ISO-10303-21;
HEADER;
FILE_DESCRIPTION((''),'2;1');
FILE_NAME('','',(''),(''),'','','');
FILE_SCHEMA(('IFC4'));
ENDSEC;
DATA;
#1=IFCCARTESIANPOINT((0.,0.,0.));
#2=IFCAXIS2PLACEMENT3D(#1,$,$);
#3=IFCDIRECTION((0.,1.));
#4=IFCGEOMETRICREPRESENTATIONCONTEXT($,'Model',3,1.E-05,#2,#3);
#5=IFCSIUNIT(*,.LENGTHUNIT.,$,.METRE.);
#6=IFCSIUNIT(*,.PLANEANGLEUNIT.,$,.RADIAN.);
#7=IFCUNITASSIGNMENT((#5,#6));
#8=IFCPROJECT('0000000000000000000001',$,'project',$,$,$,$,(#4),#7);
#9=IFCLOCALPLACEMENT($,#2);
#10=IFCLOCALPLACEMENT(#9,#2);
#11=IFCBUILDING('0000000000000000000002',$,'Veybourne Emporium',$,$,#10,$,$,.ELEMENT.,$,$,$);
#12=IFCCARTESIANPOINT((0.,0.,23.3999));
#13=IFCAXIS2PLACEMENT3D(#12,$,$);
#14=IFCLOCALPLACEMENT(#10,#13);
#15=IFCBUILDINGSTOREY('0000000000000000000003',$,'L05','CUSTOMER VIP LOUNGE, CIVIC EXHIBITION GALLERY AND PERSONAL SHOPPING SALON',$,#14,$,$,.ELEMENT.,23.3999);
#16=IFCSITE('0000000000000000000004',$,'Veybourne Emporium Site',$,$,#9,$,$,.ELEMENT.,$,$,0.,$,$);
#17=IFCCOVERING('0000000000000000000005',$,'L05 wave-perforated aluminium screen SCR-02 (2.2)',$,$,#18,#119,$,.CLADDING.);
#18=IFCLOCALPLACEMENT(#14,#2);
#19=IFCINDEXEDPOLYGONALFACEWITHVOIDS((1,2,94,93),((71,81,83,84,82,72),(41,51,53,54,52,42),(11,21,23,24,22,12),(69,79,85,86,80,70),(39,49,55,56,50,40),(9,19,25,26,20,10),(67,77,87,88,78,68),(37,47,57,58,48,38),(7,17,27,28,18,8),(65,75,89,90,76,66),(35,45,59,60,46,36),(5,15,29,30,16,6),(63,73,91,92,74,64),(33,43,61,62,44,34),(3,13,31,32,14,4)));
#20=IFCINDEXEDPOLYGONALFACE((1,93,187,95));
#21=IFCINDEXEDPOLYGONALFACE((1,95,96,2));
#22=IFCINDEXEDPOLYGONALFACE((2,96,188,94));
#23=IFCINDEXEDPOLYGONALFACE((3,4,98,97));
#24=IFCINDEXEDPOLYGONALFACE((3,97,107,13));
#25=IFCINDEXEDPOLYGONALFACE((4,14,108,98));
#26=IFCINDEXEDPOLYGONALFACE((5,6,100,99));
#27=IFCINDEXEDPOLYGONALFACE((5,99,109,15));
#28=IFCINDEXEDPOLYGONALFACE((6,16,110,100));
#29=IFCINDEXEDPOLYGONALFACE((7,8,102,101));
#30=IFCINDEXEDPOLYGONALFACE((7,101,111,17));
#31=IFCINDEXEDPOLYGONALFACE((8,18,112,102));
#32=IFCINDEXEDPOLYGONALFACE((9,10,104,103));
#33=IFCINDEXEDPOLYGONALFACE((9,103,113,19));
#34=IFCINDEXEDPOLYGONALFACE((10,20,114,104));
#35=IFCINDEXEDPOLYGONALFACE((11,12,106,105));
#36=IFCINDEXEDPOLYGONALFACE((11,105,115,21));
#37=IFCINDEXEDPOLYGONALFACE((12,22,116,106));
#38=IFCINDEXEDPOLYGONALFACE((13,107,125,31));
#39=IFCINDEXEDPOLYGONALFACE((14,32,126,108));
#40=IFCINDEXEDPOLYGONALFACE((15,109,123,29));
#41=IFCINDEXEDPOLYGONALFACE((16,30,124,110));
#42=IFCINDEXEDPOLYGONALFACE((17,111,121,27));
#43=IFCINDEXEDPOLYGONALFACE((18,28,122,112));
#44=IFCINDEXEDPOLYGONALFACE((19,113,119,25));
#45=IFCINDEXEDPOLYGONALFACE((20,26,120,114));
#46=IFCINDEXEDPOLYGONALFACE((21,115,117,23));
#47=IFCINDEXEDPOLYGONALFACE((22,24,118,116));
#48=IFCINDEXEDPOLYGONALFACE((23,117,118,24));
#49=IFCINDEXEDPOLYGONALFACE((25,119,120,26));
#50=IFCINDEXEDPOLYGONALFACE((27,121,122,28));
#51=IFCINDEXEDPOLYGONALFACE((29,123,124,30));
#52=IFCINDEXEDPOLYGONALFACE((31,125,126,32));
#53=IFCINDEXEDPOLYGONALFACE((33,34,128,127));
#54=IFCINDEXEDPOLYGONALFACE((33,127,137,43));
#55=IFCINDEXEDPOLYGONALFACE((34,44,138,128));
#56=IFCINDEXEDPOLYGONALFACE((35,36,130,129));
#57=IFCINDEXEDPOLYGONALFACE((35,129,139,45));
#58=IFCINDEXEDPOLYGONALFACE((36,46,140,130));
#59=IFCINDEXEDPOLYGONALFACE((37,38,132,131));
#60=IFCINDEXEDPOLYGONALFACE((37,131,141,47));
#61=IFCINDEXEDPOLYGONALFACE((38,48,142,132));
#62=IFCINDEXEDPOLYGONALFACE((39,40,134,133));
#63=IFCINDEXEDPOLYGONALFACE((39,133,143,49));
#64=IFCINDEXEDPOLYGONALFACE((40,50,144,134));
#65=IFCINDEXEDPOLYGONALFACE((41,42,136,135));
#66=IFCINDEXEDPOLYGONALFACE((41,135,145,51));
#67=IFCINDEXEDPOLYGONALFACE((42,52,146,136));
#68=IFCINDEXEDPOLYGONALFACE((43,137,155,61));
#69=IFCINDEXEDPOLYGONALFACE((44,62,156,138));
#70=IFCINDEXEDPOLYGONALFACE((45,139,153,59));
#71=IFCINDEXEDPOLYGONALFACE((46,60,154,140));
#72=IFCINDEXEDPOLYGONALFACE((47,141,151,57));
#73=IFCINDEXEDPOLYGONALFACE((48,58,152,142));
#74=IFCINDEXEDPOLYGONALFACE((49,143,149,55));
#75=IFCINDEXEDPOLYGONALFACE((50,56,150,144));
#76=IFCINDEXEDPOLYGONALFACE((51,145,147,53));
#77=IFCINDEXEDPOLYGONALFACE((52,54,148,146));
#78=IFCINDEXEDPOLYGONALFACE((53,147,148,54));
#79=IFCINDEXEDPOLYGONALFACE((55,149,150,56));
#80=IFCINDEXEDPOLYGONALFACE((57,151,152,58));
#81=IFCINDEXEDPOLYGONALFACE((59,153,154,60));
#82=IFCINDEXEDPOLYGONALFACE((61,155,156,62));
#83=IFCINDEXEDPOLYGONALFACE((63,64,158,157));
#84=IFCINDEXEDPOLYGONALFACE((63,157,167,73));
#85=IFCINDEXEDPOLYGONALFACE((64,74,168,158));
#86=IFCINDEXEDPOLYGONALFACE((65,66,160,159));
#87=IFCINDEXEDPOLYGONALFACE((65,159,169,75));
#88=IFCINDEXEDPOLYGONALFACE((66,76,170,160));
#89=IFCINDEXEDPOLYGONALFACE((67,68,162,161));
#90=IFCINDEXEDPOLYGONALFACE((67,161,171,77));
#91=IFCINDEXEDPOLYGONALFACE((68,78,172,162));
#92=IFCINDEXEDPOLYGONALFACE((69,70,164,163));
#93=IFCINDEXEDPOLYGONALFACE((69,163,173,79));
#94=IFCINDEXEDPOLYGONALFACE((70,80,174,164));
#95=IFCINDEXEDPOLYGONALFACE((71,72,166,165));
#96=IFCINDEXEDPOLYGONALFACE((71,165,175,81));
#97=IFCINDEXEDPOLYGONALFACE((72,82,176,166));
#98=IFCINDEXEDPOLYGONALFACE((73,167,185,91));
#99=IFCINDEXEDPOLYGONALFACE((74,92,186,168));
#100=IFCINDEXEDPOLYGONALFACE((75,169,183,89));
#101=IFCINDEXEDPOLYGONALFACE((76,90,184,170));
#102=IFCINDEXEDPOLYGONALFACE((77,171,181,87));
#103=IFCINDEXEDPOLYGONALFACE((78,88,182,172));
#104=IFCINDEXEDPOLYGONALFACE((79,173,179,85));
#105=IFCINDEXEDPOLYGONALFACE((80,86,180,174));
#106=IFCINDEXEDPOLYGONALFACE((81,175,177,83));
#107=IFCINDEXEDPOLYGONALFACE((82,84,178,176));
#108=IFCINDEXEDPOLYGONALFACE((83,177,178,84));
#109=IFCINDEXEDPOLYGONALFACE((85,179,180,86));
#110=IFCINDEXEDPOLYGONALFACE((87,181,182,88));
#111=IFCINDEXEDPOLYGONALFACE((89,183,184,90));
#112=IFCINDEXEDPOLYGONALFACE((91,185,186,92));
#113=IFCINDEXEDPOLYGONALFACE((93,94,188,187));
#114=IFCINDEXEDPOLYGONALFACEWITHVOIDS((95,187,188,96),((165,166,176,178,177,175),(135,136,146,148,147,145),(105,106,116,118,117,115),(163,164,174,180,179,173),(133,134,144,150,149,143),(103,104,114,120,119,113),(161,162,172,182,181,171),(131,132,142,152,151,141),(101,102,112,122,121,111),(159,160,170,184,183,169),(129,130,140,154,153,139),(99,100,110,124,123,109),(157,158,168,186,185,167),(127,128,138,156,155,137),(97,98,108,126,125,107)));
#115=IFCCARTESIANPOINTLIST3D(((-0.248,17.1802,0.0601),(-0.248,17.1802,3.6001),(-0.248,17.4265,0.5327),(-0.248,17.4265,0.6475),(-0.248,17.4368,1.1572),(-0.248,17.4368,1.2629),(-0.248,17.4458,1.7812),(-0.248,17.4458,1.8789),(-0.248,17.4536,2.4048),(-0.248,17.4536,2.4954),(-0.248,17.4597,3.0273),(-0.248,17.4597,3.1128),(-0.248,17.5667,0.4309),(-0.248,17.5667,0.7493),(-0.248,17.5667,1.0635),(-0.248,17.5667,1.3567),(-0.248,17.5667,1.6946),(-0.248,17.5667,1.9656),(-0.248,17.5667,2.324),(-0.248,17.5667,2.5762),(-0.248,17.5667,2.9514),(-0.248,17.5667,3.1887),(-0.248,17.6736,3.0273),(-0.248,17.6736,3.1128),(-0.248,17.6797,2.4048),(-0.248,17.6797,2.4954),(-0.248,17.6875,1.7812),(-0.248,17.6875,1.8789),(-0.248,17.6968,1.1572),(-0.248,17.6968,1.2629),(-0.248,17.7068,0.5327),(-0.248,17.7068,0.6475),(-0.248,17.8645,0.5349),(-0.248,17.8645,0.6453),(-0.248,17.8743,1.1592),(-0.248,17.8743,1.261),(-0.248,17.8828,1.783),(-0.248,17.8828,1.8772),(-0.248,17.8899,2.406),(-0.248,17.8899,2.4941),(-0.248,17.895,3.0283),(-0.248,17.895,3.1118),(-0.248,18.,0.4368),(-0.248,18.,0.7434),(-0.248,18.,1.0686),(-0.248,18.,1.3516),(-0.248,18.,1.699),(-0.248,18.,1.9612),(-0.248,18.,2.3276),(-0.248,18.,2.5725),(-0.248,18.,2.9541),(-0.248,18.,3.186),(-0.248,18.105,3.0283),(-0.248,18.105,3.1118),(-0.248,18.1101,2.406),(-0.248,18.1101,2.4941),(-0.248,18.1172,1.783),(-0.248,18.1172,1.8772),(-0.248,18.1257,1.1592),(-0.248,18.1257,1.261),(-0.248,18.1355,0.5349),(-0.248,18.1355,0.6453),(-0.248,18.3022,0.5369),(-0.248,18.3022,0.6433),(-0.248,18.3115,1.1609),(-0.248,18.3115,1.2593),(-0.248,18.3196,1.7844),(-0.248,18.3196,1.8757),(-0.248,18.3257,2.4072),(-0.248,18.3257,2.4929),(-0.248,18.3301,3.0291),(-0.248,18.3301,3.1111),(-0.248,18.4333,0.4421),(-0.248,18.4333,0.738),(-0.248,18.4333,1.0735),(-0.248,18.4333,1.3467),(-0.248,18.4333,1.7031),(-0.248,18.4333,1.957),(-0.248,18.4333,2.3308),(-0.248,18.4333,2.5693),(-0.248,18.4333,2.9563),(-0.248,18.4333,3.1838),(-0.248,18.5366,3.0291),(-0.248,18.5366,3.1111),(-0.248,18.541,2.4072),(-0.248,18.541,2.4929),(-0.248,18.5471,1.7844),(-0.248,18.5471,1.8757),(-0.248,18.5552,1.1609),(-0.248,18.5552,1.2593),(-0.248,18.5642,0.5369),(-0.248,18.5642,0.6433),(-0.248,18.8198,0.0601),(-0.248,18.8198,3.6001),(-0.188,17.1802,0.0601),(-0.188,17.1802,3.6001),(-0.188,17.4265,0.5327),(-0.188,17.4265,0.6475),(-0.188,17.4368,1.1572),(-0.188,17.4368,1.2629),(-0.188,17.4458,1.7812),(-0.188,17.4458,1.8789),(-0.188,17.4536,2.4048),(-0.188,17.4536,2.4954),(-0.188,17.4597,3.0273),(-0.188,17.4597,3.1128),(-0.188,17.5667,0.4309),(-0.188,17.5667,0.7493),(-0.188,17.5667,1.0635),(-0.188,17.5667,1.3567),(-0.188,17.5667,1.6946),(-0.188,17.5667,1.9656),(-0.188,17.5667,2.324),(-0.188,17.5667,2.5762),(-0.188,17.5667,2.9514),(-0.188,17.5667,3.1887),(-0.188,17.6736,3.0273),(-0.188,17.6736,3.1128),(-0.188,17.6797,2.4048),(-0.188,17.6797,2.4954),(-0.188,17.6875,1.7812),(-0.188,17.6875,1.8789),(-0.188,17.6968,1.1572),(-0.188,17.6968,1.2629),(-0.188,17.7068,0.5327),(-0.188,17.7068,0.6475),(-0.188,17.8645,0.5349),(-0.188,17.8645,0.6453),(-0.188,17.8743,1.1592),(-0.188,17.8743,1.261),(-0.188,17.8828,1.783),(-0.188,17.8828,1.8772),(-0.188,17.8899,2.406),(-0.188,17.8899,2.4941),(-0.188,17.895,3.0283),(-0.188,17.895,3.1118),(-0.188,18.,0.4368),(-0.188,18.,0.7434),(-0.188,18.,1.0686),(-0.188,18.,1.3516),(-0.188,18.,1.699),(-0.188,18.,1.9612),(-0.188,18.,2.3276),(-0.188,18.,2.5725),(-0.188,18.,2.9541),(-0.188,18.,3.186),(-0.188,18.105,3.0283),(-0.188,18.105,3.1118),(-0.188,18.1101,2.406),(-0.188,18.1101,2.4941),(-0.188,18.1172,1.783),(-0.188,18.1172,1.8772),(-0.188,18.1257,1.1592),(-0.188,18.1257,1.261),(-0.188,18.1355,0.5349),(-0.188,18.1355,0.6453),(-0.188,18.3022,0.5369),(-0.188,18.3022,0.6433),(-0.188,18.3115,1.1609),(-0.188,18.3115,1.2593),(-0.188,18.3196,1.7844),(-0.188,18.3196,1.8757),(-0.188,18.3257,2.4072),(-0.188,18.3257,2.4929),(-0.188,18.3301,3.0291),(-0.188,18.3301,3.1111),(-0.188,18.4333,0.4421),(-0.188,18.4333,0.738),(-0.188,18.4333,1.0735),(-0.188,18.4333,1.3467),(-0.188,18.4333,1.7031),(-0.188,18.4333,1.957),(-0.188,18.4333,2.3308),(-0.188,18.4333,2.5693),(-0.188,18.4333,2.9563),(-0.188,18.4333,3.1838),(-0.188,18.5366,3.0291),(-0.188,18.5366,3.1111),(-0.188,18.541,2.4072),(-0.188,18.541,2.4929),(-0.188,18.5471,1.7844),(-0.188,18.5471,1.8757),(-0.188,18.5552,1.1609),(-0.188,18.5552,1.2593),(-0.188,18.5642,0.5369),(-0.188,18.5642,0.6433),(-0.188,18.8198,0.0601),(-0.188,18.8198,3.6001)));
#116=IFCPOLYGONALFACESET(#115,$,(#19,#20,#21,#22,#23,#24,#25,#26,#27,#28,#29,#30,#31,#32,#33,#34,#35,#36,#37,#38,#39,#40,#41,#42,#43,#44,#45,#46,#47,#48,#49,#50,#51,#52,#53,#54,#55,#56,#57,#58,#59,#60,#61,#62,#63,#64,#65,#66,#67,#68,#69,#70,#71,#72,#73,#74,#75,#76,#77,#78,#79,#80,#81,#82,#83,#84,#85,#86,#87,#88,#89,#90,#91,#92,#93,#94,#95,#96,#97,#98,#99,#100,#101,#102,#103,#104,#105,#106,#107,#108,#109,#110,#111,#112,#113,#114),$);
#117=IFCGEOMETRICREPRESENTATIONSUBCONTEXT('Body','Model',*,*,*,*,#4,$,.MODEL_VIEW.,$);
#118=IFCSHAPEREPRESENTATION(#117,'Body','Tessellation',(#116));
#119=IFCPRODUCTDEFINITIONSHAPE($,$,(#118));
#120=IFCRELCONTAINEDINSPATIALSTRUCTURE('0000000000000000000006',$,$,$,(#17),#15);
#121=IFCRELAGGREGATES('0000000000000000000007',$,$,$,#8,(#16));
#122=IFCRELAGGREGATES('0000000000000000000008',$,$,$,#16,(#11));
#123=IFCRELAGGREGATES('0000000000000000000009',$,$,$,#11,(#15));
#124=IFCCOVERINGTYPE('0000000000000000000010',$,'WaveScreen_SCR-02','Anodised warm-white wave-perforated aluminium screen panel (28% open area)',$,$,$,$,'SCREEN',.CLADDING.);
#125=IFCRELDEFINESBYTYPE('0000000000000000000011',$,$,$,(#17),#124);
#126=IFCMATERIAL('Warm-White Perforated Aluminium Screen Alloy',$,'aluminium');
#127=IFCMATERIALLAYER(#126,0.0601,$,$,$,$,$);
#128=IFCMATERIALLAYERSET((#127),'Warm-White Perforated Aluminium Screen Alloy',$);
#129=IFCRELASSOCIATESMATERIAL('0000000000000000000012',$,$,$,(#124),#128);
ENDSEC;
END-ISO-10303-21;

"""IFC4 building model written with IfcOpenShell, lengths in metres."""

from ifc_helpers import new_model, si_unit, direction, frame, origin, place, context, subcontext, project, spatial, polyline, outline, extrude, material, layer, layer_set, type_object, element, save


model = new_model("IFC4")

# Units and contexts
model_context = context("Model", 3, precision=1e-05, world=origin(), true_north=direction((0.0, 1.0)))
body_context = subcontext(model_context, "Body", "Model", "MODEL_VIEW")
ifc_project = project(units=[si_unit("LENGTHUNIT", "METRE"), si_unit("PLANEANGLEUNIT", "RADIAN")], contexts=[model_context])

# Site, building, storey
site_placement = place(None, origin())
site = spatial("IfcSite", under=ifc_project, at=site_placement, Name="Veybourne Emporium Site", CompositionType="ELEMENT", RefElevation=0.0)
building_placement = place(site_placement, origin())
building = spatial("IfcBuilding", under=site, at=building_placement, Name="Veybourne Emporium", CompositionType="ELEMENT")
storey_placement = place(building_placement, frame((0.0, 0.0, 23.3999)))
storey = spatial("IfcBuildingStorey", under=building, at=storey_placement, Name="L05", Description="CUSTOMER VIP LOUNGE, CIVIC EXHIBITION GALLERY AND PERSONAL SHOPPING SALON", CompositionType="ELEMENT", Elevation=23.3999)

# Covering
ifc_material_1 = material(Name="Warm-White Perforated Aluminium Screen Alloy", Category="aluminium")
ifc_layer_1 = layer(ifc_material_1, 0.0601)
ifc_layer_set_1 = layer_set([ifc_layer_1], Name="Warm-White Perforated Aluminium Screen Alloy")
covering_type_1 = type_object("IfcCoveringType", Name="WaveScreen_SCR-02", Description="Anodised warm-white wave-perforated aluminium screen panel (28% open area)", ElementType="SCREEN", PredefinedType="CLADDING", material=ifc_layer_set_1)
covering_1_placement = place(storey_placement, frame((-0.248, 18.0, 1.8301), z_axis=(1.0, 0.0, 0.0), x_axis=(0.0, 1.0, 0.0)))
element("IfcCovering", 1, at=covering_1_placement, inside=storey, type_object=covering_type_1, Name="L05 wave-perforated aluminium screen SCR-02 (2.2)", PredefinedType="CLADDING", context=body_context, shape_type="SweptSolid", body=[
    extrude(outline(polyline([(-0.8198, -1.77), (0.8198, -1.77), (0.8198, 1.77), (-0.8198, 1.77), (-0.8198, -1.77)]), holes=[polyline([(-0.4333, -1.0808), (-0.2932, -1.1826), (-0.2932, -1.2974), (-0.4333, -1.3992), (-0.5735, -1.2974), (-0.5735, -1.1826), (-0.4333, -1.0808)]), polyline([(-0.4333, -0.4734), (-0.3032, -0.5671), (-0.3032, -0.6729), (-0.4333, -0.7666), (-0.5632, -0.6729), (-0.5632, -0.5671), (-0.4333, -0.4734)]), polyline([(-0.4333, 0.1355), (-0.3125, 0.0488), (-0.3125, -0.0488), (-0.4333, -0.1355), (-0.5542, -0.0488), (-0.5542, 0.0488), (-0.4333, 0.1355)]), polyline([(-0.4333, 0.7461), (-0.3203, 0.6653), (-0.3203, 0.5747), (-0.4333, 0.4939), (-0.5464, 0.5747), (-0.5464, 0.6653), (-0.4333, 0.7461)]), polyline([(-0.4333, 1.3586), (-0.3264, 1.2827), (-0.3264, 1.1973), (-0.4333, 1.1213), (-0.5403, 1.1973), (-0.5403, 1.2827), (-0.4333, 1.3586)]), polyline([(0.0, -1.0867), (0.1355, -1.1848), (0.1355, -1.2952), (0.0, -1.3933), (-0.1355, -1.2952), (-0.1355, -1.1848), (0.0, -1.0867)]), polyline([(0.0, -0.4785), (0.1257, -0.5691), (0.1257, -0.6709), (0.0, -0.7615), (-0.1257, -0.6709), (-0.1257, -0.5691), (0.0, -0.4785)]), polyline([(0.0, 0.1311), (0.1172, 0.0471), (0.1172, -0.0471), (0.0, -0.1311), (-0.1172, -0.0471), (-0.1172, 0.0471), (0.0, 0.1311)]), polyline([(0.0, 0.7424), (0.1101, 0.6641), (0.1101, 0.5759), (0.0, 0.4976), (-0.1101, 0.5759), (-0.1101, 0.6641), (0.0, 0.7424)]), polyline([(0.0, 1.356), (0.105, 1.2817), (0.105, 1.1982), (0.0, 1.124), (-0.105, 1.1982), (-0.105, 1.2817), (0.0, 1.356)]), polyline([(0.4333, -1.092), (0.5642, -1.1868), (0.5642, -1.2932), (0.4333, -1.3879), (0.3022, -1.2932), (0.3022, -1.1868), (0.4333, -1.092)]), polyline([(0.4333, -0.4834), (0.5552, -0.5708), (0.5552, -0.6692), (0.4333, -0.7566), (0.3115, -0.6692), (0.3115, -0.5708), (0.4333, -0.4834)]), polyline([(0.4333, 0.127), (0.5471, 0.0457), (0.5471, -0.0457), (0.4333, -0.127), (0.3196, -0.0457), (0.3196, 0.0457), (0.4333, 0.127)]), polyline([(0.4333, 0.7393), (0.541, 0.6628), (0.541, 0.5771), (0.4333, 0.5007), (0.3257, 0.5771), (0.3257, 0.6628), (0.4333, 0.7393)]), polyline([(0.4333, 1.3538), (0.5366, 1.281), (0.5366, 1.199), (0.4333, 1.1262), (0.3301, 1.199), (0.3301, 1.281), (0.4333, 1.3538)])]), origin(), (0.0, 0.0, 1.0), 0.0601),
])

save(model, "model.ifc")
